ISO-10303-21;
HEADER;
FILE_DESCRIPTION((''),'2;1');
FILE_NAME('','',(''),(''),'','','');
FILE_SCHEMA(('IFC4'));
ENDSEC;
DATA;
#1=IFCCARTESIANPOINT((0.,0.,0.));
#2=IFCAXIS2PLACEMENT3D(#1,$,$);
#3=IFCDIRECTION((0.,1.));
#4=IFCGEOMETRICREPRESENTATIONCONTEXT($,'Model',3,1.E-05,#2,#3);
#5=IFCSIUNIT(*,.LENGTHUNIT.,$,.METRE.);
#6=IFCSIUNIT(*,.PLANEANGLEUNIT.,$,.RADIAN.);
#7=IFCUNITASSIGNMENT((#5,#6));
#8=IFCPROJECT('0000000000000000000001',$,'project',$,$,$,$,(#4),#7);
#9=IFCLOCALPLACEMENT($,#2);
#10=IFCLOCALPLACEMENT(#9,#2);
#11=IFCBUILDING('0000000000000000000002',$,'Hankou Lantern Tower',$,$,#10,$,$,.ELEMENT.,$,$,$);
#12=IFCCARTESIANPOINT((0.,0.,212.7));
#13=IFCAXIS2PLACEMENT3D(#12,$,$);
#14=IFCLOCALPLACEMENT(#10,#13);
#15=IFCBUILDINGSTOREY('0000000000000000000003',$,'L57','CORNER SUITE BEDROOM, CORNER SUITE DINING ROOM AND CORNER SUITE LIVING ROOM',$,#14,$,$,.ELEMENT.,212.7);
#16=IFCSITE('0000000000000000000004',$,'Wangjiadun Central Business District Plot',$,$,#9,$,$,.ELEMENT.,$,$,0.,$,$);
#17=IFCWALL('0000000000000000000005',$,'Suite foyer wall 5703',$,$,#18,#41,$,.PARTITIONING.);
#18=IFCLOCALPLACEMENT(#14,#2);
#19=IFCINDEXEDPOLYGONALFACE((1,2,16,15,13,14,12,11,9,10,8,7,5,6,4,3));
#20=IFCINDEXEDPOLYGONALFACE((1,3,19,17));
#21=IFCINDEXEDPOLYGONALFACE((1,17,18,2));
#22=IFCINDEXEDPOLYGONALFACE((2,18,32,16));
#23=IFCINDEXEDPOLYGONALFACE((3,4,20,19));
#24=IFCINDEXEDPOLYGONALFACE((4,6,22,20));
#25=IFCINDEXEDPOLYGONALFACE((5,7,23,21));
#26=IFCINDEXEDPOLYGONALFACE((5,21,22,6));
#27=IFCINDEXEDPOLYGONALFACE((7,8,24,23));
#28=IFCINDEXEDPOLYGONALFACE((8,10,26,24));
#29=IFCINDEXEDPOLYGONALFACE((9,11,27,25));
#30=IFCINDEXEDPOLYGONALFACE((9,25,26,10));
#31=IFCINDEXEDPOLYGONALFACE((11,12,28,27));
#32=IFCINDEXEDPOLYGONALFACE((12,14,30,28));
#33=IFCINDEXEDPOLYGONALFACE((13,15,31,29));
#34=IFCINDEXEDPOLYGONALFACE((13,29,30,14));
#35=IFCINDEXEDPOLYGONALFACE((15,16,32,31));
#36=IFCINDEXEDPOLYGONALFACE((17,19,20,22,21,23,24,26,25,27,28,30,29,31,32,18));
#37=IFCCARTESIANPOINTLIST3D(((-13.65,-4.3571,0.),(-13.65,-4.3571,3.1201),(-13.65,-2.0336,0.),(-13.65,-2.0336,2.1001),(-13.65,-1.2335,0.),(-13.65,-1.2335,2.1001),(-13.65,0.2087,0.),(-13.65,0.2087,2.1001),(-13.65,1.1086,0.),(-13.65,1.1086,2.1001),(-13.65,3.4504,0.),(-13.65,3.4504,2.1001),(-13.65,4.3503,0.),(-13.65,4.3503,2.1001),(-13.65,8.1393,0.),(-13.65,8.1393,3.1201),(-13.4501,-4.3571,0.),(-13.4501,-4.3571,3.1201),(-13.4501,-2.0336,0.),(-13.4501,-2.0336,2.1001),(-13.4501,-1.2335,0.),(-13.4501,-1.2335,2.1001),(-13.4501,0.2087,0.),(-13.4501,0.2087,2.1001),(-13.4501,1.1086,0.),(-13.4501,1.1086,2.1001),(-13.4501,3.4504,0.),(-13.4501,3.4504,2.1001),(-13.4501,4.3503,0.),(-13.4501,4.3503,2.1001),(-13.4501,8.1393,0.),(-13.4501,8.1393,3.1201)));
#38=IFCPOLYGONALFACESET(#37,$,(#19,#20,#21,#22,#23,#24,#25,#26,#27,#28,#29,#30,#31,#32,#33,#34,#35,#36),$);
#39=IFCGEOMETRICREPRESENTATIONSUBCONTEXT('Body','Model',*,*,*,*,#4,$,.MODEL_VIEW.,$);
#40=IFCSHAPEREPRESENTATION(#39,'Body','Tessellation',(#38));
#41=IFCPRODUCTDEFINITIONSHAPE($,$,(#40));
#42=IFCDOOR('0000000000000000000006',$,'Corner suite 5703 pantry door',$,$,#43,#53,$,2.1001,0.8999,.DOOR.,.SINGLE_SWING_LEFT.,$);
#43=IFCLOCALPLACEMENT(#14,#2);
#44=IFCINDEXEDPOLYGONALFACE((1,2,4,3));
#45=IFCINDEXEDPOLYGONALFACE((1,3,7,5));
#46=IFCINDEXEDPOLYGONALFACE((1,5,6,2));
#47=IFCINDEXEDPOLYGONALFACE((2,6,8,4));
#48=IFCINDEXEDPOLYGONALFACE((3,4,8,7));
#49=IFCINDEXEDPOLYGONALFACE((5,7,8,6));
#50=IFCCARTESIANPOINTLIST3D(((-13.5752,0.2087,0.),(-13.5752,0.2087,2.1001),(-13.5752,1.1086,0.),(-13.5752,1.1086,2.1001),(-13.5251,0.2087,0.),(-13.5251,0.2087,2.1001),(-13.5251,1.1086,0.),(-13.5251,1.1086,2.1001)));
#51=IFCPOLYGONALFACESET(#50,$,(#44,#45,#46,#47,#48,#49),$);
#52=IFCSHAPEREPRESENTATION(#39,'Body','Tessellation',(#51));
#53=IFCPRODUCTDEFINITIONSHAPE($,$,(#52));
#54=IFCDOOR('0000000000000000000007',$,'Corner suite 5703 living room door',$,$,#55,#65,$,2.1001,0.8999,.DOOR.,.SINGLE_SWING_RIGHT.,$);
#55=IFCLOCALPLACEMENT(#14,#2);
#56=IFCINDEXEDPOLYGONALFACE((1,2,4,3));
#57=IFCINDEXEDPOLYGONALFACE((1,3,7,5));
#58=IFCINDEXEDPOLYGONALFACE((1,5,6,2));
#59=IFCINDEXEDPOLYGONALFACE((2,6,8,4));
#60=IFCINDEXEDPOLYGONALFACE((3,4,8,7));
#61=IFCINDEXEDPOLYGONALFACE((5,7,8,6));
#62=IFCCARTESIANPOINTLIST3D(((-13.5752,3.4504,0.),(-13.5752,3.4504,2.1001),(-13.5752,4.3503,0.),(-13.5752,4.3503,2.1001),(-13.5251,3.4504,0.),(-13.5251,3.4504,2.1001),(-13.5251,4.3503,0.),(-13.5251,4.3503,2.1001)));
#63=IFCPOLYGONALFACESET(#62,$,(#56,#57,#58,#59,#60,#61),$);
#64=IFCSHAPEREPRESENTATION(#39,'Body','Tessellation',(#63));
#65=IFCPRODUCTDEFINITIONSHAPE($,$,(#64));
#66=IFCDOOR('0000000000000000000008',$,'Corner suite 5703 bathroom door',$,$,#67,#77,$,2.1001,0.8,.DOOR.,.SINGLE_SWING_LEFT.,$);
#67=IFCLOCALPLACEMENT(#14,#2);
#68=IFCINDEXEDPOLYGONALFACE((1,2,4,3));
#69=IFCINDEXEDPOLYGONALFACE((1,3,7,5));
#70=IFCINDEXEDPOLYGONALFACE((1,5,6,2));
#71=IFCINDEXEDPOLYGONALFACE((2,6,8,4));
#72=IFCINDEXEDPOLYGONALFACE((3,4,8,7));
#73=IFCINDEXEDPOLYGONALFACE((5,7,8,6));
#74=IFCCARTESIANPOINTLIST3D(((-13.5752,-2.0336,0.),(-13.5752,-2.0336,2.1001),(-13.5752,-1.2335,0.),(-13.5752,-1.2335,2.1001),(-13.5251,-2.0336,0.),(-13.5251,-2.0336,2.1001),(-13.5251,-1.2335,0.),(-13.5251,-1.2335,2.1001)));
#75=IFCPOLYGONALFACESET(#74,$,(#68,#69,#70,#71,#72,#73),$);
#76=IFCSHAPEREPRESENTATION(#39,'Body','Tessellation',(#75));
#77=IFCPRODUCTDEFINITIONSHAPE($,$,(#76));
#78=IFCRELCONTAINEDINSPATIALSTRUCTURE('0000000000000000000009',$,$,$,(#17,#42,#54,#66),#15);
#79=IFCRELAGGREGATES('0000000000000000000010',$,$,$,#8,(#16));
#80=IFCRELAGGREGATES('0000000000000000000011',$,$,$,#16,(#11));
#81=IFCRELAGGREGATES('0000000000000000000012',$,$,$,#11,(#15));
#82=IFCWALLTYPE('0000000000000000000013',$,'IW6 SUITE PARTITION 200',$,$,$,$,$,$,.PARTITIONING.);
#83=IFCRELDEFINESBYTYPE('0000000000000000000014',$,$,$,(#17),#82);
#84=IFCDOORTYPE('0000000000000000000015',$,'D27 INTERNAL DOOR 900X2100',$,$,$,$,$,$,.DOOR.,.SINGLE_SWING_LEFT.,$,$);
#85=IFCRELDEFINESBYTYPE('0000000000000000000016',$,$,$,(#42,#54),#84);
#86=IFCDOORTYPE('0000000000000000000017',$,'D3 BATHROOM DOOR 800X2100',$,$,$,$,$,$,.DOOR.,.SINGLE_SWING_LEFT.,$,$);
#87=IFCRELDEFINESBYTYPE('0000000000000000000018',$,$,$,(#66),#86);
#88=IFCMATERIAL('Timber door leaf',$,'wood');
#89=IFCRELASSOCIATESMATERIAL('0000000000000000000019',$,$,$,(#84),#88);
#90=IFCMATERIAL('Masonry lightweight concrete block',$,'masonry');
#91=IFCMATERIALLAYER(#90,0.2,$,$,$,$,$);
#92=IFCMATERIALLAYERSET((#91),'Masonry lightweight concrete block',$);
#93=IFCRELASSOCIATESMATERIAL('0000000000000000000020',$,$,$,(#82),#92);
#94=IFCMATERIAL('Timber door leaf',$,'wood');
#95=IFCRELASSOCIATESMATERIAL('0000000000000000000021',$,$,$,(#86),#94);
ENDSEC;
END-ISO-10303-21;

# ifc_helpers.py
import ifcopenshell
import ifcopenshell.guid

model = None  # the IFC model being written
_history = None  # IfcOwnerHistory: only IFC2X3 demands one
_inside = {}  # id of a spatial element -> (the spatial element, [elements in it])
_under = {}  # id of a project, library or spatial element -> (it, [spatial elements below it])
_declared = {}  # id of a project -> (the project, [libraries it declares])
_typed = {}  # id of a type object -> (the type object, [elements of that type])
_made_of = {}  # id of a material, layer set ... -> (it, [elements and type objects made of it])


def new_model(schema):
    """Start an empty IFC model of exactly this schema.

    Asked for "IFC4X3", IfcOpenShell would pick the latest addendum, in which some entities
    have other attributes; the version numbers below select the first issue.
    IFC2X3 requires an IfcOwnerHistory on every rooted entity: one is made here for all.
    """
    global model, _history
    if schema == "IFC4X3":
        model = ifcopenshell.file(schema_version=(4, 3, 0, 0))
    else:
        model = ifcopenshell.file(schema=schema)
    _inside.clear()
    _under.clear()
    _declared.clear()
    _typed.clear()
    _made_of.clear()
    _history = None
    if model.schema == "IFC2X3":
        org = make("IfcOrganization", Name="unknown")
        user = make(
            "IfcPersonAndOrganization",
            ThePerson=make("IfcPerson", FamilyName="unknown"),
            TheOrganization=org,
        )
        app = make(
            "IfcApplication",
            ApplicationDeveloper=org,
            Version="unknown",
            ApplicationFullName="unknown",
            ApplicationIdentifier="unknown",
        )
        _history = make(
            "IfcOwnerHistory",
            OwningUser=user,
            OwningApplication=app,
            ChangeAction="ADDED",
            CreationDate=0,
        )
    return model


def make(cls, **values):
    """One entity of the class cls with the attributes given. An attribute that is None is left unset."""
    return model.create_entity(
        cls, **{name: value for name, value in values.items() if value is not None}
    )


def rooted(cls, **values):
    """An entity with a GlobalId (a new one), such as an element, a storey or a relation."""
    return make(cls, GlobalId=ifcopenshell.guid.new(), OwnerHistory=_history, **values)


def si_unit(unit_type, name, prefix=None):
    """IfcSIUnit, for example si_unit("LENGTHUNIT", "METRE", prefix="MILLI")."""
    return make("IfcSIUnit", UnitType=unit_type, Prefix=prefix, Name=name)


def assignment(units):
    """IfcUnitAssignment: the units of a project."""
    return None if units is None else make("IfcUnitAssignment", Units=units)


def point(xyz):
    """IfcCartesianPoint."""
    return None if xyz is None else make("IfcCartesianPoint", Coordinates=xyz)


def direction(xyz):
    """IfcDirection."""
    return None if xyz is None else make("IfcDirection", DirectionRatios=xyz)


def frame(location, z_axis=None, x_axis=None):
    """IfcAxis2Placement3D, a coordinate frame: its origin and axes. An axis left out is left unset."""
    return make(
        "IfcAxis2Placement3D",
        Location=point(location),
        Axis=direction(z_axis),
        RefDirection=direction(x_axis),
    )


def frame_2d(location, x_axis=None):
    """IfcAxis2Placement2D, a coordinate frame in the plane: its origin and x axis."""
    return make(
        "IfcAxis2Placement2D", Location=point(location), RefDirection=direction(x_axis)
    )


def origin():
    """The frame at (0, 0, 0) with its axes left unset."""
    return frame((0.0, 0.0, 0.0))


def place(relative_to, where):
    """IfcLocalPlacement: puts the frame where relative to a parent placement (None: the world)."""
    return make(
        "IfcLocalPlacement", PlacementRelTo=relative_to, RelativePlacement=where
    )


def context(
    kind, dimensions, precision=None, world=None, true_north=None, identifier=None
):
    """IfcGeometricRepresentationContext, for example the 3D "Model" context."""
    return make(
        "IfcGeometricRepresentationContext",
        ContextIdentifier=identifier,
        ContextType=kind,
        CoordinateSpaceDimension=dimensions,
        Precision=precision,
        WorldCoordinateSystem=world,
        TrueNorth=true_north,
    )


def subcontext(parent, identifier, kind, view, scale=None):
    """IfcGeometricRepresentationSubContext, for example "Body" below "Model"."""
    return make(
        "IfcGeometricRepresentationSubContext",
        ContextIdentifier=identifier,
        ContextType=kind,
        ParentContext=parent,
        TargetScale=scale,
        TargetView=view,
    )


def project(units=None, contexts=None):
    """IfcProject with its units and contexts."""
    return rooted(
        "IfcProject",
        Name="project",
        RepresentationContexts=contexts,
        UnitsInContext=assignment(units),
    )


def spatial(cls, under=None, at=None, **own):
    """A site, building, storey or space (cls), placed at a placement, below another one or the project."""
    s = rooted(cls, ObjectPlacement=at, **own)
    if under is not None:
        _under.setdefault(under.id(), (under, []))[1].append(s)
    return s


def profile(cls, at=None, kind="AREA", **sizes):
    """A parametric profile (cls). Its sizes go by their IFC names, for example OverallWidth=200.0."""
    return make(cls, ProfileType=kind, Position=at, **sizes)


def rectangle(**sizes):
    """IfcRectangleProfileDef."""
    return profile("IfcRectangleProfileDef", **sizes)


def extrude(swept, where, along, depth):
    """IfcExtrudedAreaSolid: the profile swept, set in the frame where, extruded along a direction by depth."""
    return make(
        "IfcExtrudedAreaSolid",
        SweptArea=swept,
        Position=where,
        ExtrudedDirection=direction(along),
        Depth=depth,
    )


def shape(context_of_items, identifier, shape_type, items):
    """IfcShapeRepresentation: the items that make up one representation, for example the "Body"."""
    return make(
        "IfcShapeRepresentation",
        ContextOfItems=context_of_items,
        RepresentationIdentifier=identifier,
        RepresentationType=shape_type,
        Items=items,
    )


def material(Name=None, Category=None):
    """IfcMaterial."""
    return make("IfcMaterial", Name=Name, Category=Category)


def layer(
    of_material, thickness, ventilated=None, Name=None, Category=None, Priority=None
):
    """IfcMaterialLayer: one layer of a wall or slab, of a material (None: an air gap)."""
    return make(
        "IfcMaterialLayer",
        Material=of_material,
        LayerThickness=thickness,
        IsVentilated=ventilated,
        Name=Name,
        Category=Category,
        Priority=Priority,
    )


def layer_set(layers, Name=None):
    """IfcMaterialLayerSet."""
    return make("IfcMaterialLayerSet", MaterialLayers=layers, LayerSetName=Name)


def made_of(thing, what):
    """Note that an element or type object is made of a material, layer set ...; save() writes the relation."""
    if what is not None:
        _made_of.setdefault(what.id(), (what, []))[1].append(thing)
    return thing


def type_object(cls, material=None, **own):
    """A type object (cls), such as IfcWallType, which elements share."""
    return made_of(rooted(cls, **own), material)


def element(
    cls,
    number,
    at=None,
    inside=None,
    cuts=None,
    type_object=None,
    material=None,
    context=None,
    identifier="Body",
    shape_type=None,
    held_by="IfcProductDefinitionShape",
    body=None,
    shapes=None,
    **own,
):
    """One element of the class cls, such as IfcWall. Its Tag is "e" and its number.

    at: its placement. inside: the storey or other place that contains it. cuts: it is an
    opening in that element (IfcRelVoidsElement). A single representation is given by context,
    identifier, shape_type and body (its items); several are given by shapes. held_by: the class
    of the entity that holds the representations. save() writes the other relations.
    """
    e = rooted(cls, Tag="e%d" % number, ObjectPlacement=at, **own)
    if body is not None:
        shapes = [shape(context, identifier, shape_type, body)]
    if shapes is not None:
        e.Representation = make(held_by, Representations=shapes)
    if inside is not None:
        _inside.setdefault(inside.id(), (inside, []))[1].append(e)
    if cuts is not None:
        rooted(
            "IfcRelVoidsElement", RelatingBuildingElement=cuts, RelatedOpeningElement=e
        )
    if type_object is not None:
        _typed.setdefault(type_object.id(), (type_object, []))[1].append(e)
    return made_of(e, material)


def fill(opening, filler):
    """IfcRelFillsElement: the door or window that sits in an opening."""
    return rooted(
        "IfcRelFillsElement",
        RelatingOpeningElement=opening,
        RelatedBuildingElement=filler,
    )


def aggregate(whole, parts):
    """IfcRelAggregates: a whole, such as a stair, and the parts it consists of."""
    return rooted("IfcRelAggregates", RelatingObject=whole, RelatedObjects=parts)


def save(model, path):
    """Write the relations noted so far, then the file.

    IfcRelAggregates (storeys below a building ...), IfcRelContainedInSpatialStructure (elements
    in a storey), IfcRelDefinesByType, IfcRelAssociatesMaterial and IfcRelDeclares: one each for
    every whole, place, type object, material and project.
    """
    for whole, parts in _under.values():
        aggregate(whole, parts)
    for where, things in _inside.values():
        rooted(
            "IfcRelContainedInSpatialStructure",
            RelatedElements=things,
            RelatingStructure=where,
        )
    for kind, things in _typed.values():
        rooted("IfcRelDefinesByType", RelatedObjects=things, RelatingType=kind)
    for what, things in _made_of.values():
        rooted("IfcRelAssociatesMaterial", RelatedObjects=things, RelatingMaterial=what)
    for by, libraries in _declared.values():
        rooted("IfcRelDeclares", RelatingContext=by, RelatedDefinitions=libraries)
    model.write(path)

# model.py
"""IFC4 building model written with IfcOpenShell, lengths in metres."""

from ifc_helpers import new_model, si_unit, direction, frame, frame_2d, origin, place, context, subcontext, project, spatial, rectangle, extrude, material, layer, layer_set, type_object, element, fill, save


model = new_model("IFC4")

# Units and contexts
model_context = context("Model", 3, precision=1e-05, world=origin(), true_north=direction((0.0, 1.0)))
body_context = subcontext(model_context, "Body", "Model", "MODEL_VIEW")
ifc_project = project(units=[si_unit("LENGTHUNIT", "METRE"), si_unit("PLANEANGLEUNIT", "RADIAN")], contexts=[model_context])

# Site, building, storey
site_placement = place(None, origin())
site = spatial("IfcSite", under=ifc_project, at=site_placement, Name="Wangjiadun Central Business District Plot", CompositionType="ELEMENT", RefElevation=0.0)
building_placement = place(site_placement, origin())
building = spatial("IfcBuilding", under=site, at=building_placement, Name="Hankou Lantern Tower", CompositionType="ELEMENT")
storey_placement = place(building_placement, frame((0.0, 0.0, 212.7)))
storey = spatial("IfcBuildingStorey", under=building, at=storey_placement, Name="L57", Description="CORNER SUITE BEDROOM, CORNER SUITE DINING ROOM AND CORNER SUITE LIVING ROOM", CompositionType="ELEMENT", Elevation=212.7)

# Shared definitions
ifc_material_1 = material(Name="Timber door leaf", Category="wood")
door_type_1 = type_object("IfcDoorType", Name="D27 INTERNAL DOOR 900X2100", OperationType="SINGLE_SWING_LEFT", PredefinedType="DOOR", material=ifc_material_1)

# Shared definitions
ifc_material_2 = material(Name="Masonry lightweight concrete block", Category="masonry")
ifc_layer_1 = layer(ifc_material_2, 0.2)
ifc_layer_set_1 = layer_set([ifc_layer_1], Name="Masonry lightweight concrete block")
wall_type_1 = type_object("IfcWallType", Name="IW6 SUITE PARTITION 200", PredefinedType="PARTITIONING", material=ifc_layer_set_1)

# Wall, openings, doors
wall_1_placement = place(storey_placement, frame((-13.55, 8.1392, 0.0), z_axis=(0.0, 0.0, 1.0), x_axis=(0.0, -1.0, 0.0)))
wall_1 = element("IfcWall", 1, at=wall_1_placement, inside=storey, type_object=wall_type_1, Name="Suite foyer wall 5703", PredefinedType="PARTITIONING", context=body_context, shape_type="SweptSolid", body=[
    extrude(rectangle(XDim=12.4963, YDim=0.2, at=frame_2d((6.248, 0.0))), origin(), (0.0, 0.0, 1.0), 3.1201),
])
opening_1_placement = place(wall_1_placement, frame((7.0305, 0.0, 0.0)))
opening_1 = element("IfcOpeningElement", 2, at=opening_1_placement, cuts=wall_1, PredefinedType="OPENING", context=body_context, shape_type="SweptSolid", body=[
    extrude(rectangle(XDim=0.8999, YDim=2.1001, at=frame_2d((0.45, 1.05))), frame((0.0, 0.1099, 0.0), z_axis=(0.0, -1.0, 0.0), x_axis=(1.0, 0.0, 0.0)), (0.0, 0.0, 1.0), 0.22),
])
opening_2_placement = place(wall_1_placement, frame((9.3728, 0.0, 0.0)))
opening_2 = element("IfcOpeningElement", 3, at=opening_2_placement, cuts=wall_1, PredefinedType="OPENING", context=body_context, shape_type="SweptSolid", body=[
    extrude(rectangle(XDim=0.8, YDim=2.1001, at=frame_2d((0.3999, 1.05))), frame((0.0, 0.1099, 0.0), z_axis=(0.0, -1.0, 0.0), x_axis=(1.0, 0.0, 0.0)), (0.0, 0.0, 1.0), 0.22),
])
opening_3_placement = place(wall_1_placement, frame((3.7888, 0.0, 0.0)))
opening_3 = element("IfcOpeningElement", 4, at=opening_3_placement, cuts=wall_1, PredefinedType="OPENING", context=body_context, shape_type="SweptSolid", body=[
    extrude(rectangle(XDim=0.8999, YDim=2.1001, at=frame_2d((0.45, 1.05))), frame((0.0, 0.1099, 0.0), z_axis=(0.0, -1.0, 0.0), x_axis=(1.0, 0.0, 0.0)), (0.0, 0.0, 1.0), 0.22),
])
door_1_placement = place(opening_1_placement, origin())
door_1 = element("IfcDoor", 5, at=door_1_placement, inside=storey, type_object=door_type_1, Name="Corner suite 5703 pantry door", OperationType="SINGLE_SWING_LEFT", OverallHeight=2.1001, OverallWidth=0.8999, PredefinedType="DOOR", context=body_context, shape_type="SweptSolid", body=[
    extrude(rectangle(XDim=0.8999, YDim=2.1001, at=frame_2d((0.45, 1.05))), frame((0.0, 0.0249, 0.0), z_axis=(0.0, -1.0, 0.0), x_axis=(1.0, 0.0, 0.0)), (0.0, 0.0, 1.0), 0.05),
])
fill(opening_1, door_1)
door_2_placement = place(opening_3_placement, origin())
door_2 = element("IfcDoor", 6, at=door_2_placement, inside=storey, type_object=door_type_1, Name="Corner suite 5703 living room door", OperationType="SINGLE_SWING_RIGHT", OverallHeight=2.1001, OverallWidth=0.8999, PredefinedType="DOOR", context=body_context, shape_type="SweptSolid", body=[
    extrude(rectangle(XDim=0.8999, YDim=2.1001, at=frame_2d((0.45, 1.05))), frame((0.0, 0.0249, 0.0), z_axis=(0.0, -1.0, 0.0), x_axis=(1.0, 0.0, 0.0)), (0.0, 0.0, 1.0), 0.05),
])
fill(opening_3, door_2)
ifc_material_3 = material(Name="Timber door leaf", Category="wood")
door_type_2 = type_object("IfcDoorType", Name="D3 BATHROOM DOOR 800X2100", OperationType="SINGLE_SWING_LEFT", PredefinedType="DOOR", material=ifc_material_3)
door_3_placement = place(opening_2_placement, origin())
door_3 = element("IfcDoor", 7, at=door_3_placement, inside=storey, type_object=door_type_2, Name="Corner suite 5703 bathroom door", OperationType="SINGLE_SWING_LEFT", OverallHeight=2.1001, OverallWidth=0.8, PredefinedType="DOOR", context=body_context, shape_type="SweptSolid", body=[
    extrude(rectangle(XDim=0.8, YDim=2.1001, at=frame_2d((0.3999, 1.05))), frame((0.0, 0.0249, 0.0), z_axis=(0.0, -1.0, 0.0), x_axis=(1.0, 0.0, 0.0)), (0.0, 0.0, 1.0), 0.05),
])
fill(opening_2, door_3)

save(model, "model.ifc")
